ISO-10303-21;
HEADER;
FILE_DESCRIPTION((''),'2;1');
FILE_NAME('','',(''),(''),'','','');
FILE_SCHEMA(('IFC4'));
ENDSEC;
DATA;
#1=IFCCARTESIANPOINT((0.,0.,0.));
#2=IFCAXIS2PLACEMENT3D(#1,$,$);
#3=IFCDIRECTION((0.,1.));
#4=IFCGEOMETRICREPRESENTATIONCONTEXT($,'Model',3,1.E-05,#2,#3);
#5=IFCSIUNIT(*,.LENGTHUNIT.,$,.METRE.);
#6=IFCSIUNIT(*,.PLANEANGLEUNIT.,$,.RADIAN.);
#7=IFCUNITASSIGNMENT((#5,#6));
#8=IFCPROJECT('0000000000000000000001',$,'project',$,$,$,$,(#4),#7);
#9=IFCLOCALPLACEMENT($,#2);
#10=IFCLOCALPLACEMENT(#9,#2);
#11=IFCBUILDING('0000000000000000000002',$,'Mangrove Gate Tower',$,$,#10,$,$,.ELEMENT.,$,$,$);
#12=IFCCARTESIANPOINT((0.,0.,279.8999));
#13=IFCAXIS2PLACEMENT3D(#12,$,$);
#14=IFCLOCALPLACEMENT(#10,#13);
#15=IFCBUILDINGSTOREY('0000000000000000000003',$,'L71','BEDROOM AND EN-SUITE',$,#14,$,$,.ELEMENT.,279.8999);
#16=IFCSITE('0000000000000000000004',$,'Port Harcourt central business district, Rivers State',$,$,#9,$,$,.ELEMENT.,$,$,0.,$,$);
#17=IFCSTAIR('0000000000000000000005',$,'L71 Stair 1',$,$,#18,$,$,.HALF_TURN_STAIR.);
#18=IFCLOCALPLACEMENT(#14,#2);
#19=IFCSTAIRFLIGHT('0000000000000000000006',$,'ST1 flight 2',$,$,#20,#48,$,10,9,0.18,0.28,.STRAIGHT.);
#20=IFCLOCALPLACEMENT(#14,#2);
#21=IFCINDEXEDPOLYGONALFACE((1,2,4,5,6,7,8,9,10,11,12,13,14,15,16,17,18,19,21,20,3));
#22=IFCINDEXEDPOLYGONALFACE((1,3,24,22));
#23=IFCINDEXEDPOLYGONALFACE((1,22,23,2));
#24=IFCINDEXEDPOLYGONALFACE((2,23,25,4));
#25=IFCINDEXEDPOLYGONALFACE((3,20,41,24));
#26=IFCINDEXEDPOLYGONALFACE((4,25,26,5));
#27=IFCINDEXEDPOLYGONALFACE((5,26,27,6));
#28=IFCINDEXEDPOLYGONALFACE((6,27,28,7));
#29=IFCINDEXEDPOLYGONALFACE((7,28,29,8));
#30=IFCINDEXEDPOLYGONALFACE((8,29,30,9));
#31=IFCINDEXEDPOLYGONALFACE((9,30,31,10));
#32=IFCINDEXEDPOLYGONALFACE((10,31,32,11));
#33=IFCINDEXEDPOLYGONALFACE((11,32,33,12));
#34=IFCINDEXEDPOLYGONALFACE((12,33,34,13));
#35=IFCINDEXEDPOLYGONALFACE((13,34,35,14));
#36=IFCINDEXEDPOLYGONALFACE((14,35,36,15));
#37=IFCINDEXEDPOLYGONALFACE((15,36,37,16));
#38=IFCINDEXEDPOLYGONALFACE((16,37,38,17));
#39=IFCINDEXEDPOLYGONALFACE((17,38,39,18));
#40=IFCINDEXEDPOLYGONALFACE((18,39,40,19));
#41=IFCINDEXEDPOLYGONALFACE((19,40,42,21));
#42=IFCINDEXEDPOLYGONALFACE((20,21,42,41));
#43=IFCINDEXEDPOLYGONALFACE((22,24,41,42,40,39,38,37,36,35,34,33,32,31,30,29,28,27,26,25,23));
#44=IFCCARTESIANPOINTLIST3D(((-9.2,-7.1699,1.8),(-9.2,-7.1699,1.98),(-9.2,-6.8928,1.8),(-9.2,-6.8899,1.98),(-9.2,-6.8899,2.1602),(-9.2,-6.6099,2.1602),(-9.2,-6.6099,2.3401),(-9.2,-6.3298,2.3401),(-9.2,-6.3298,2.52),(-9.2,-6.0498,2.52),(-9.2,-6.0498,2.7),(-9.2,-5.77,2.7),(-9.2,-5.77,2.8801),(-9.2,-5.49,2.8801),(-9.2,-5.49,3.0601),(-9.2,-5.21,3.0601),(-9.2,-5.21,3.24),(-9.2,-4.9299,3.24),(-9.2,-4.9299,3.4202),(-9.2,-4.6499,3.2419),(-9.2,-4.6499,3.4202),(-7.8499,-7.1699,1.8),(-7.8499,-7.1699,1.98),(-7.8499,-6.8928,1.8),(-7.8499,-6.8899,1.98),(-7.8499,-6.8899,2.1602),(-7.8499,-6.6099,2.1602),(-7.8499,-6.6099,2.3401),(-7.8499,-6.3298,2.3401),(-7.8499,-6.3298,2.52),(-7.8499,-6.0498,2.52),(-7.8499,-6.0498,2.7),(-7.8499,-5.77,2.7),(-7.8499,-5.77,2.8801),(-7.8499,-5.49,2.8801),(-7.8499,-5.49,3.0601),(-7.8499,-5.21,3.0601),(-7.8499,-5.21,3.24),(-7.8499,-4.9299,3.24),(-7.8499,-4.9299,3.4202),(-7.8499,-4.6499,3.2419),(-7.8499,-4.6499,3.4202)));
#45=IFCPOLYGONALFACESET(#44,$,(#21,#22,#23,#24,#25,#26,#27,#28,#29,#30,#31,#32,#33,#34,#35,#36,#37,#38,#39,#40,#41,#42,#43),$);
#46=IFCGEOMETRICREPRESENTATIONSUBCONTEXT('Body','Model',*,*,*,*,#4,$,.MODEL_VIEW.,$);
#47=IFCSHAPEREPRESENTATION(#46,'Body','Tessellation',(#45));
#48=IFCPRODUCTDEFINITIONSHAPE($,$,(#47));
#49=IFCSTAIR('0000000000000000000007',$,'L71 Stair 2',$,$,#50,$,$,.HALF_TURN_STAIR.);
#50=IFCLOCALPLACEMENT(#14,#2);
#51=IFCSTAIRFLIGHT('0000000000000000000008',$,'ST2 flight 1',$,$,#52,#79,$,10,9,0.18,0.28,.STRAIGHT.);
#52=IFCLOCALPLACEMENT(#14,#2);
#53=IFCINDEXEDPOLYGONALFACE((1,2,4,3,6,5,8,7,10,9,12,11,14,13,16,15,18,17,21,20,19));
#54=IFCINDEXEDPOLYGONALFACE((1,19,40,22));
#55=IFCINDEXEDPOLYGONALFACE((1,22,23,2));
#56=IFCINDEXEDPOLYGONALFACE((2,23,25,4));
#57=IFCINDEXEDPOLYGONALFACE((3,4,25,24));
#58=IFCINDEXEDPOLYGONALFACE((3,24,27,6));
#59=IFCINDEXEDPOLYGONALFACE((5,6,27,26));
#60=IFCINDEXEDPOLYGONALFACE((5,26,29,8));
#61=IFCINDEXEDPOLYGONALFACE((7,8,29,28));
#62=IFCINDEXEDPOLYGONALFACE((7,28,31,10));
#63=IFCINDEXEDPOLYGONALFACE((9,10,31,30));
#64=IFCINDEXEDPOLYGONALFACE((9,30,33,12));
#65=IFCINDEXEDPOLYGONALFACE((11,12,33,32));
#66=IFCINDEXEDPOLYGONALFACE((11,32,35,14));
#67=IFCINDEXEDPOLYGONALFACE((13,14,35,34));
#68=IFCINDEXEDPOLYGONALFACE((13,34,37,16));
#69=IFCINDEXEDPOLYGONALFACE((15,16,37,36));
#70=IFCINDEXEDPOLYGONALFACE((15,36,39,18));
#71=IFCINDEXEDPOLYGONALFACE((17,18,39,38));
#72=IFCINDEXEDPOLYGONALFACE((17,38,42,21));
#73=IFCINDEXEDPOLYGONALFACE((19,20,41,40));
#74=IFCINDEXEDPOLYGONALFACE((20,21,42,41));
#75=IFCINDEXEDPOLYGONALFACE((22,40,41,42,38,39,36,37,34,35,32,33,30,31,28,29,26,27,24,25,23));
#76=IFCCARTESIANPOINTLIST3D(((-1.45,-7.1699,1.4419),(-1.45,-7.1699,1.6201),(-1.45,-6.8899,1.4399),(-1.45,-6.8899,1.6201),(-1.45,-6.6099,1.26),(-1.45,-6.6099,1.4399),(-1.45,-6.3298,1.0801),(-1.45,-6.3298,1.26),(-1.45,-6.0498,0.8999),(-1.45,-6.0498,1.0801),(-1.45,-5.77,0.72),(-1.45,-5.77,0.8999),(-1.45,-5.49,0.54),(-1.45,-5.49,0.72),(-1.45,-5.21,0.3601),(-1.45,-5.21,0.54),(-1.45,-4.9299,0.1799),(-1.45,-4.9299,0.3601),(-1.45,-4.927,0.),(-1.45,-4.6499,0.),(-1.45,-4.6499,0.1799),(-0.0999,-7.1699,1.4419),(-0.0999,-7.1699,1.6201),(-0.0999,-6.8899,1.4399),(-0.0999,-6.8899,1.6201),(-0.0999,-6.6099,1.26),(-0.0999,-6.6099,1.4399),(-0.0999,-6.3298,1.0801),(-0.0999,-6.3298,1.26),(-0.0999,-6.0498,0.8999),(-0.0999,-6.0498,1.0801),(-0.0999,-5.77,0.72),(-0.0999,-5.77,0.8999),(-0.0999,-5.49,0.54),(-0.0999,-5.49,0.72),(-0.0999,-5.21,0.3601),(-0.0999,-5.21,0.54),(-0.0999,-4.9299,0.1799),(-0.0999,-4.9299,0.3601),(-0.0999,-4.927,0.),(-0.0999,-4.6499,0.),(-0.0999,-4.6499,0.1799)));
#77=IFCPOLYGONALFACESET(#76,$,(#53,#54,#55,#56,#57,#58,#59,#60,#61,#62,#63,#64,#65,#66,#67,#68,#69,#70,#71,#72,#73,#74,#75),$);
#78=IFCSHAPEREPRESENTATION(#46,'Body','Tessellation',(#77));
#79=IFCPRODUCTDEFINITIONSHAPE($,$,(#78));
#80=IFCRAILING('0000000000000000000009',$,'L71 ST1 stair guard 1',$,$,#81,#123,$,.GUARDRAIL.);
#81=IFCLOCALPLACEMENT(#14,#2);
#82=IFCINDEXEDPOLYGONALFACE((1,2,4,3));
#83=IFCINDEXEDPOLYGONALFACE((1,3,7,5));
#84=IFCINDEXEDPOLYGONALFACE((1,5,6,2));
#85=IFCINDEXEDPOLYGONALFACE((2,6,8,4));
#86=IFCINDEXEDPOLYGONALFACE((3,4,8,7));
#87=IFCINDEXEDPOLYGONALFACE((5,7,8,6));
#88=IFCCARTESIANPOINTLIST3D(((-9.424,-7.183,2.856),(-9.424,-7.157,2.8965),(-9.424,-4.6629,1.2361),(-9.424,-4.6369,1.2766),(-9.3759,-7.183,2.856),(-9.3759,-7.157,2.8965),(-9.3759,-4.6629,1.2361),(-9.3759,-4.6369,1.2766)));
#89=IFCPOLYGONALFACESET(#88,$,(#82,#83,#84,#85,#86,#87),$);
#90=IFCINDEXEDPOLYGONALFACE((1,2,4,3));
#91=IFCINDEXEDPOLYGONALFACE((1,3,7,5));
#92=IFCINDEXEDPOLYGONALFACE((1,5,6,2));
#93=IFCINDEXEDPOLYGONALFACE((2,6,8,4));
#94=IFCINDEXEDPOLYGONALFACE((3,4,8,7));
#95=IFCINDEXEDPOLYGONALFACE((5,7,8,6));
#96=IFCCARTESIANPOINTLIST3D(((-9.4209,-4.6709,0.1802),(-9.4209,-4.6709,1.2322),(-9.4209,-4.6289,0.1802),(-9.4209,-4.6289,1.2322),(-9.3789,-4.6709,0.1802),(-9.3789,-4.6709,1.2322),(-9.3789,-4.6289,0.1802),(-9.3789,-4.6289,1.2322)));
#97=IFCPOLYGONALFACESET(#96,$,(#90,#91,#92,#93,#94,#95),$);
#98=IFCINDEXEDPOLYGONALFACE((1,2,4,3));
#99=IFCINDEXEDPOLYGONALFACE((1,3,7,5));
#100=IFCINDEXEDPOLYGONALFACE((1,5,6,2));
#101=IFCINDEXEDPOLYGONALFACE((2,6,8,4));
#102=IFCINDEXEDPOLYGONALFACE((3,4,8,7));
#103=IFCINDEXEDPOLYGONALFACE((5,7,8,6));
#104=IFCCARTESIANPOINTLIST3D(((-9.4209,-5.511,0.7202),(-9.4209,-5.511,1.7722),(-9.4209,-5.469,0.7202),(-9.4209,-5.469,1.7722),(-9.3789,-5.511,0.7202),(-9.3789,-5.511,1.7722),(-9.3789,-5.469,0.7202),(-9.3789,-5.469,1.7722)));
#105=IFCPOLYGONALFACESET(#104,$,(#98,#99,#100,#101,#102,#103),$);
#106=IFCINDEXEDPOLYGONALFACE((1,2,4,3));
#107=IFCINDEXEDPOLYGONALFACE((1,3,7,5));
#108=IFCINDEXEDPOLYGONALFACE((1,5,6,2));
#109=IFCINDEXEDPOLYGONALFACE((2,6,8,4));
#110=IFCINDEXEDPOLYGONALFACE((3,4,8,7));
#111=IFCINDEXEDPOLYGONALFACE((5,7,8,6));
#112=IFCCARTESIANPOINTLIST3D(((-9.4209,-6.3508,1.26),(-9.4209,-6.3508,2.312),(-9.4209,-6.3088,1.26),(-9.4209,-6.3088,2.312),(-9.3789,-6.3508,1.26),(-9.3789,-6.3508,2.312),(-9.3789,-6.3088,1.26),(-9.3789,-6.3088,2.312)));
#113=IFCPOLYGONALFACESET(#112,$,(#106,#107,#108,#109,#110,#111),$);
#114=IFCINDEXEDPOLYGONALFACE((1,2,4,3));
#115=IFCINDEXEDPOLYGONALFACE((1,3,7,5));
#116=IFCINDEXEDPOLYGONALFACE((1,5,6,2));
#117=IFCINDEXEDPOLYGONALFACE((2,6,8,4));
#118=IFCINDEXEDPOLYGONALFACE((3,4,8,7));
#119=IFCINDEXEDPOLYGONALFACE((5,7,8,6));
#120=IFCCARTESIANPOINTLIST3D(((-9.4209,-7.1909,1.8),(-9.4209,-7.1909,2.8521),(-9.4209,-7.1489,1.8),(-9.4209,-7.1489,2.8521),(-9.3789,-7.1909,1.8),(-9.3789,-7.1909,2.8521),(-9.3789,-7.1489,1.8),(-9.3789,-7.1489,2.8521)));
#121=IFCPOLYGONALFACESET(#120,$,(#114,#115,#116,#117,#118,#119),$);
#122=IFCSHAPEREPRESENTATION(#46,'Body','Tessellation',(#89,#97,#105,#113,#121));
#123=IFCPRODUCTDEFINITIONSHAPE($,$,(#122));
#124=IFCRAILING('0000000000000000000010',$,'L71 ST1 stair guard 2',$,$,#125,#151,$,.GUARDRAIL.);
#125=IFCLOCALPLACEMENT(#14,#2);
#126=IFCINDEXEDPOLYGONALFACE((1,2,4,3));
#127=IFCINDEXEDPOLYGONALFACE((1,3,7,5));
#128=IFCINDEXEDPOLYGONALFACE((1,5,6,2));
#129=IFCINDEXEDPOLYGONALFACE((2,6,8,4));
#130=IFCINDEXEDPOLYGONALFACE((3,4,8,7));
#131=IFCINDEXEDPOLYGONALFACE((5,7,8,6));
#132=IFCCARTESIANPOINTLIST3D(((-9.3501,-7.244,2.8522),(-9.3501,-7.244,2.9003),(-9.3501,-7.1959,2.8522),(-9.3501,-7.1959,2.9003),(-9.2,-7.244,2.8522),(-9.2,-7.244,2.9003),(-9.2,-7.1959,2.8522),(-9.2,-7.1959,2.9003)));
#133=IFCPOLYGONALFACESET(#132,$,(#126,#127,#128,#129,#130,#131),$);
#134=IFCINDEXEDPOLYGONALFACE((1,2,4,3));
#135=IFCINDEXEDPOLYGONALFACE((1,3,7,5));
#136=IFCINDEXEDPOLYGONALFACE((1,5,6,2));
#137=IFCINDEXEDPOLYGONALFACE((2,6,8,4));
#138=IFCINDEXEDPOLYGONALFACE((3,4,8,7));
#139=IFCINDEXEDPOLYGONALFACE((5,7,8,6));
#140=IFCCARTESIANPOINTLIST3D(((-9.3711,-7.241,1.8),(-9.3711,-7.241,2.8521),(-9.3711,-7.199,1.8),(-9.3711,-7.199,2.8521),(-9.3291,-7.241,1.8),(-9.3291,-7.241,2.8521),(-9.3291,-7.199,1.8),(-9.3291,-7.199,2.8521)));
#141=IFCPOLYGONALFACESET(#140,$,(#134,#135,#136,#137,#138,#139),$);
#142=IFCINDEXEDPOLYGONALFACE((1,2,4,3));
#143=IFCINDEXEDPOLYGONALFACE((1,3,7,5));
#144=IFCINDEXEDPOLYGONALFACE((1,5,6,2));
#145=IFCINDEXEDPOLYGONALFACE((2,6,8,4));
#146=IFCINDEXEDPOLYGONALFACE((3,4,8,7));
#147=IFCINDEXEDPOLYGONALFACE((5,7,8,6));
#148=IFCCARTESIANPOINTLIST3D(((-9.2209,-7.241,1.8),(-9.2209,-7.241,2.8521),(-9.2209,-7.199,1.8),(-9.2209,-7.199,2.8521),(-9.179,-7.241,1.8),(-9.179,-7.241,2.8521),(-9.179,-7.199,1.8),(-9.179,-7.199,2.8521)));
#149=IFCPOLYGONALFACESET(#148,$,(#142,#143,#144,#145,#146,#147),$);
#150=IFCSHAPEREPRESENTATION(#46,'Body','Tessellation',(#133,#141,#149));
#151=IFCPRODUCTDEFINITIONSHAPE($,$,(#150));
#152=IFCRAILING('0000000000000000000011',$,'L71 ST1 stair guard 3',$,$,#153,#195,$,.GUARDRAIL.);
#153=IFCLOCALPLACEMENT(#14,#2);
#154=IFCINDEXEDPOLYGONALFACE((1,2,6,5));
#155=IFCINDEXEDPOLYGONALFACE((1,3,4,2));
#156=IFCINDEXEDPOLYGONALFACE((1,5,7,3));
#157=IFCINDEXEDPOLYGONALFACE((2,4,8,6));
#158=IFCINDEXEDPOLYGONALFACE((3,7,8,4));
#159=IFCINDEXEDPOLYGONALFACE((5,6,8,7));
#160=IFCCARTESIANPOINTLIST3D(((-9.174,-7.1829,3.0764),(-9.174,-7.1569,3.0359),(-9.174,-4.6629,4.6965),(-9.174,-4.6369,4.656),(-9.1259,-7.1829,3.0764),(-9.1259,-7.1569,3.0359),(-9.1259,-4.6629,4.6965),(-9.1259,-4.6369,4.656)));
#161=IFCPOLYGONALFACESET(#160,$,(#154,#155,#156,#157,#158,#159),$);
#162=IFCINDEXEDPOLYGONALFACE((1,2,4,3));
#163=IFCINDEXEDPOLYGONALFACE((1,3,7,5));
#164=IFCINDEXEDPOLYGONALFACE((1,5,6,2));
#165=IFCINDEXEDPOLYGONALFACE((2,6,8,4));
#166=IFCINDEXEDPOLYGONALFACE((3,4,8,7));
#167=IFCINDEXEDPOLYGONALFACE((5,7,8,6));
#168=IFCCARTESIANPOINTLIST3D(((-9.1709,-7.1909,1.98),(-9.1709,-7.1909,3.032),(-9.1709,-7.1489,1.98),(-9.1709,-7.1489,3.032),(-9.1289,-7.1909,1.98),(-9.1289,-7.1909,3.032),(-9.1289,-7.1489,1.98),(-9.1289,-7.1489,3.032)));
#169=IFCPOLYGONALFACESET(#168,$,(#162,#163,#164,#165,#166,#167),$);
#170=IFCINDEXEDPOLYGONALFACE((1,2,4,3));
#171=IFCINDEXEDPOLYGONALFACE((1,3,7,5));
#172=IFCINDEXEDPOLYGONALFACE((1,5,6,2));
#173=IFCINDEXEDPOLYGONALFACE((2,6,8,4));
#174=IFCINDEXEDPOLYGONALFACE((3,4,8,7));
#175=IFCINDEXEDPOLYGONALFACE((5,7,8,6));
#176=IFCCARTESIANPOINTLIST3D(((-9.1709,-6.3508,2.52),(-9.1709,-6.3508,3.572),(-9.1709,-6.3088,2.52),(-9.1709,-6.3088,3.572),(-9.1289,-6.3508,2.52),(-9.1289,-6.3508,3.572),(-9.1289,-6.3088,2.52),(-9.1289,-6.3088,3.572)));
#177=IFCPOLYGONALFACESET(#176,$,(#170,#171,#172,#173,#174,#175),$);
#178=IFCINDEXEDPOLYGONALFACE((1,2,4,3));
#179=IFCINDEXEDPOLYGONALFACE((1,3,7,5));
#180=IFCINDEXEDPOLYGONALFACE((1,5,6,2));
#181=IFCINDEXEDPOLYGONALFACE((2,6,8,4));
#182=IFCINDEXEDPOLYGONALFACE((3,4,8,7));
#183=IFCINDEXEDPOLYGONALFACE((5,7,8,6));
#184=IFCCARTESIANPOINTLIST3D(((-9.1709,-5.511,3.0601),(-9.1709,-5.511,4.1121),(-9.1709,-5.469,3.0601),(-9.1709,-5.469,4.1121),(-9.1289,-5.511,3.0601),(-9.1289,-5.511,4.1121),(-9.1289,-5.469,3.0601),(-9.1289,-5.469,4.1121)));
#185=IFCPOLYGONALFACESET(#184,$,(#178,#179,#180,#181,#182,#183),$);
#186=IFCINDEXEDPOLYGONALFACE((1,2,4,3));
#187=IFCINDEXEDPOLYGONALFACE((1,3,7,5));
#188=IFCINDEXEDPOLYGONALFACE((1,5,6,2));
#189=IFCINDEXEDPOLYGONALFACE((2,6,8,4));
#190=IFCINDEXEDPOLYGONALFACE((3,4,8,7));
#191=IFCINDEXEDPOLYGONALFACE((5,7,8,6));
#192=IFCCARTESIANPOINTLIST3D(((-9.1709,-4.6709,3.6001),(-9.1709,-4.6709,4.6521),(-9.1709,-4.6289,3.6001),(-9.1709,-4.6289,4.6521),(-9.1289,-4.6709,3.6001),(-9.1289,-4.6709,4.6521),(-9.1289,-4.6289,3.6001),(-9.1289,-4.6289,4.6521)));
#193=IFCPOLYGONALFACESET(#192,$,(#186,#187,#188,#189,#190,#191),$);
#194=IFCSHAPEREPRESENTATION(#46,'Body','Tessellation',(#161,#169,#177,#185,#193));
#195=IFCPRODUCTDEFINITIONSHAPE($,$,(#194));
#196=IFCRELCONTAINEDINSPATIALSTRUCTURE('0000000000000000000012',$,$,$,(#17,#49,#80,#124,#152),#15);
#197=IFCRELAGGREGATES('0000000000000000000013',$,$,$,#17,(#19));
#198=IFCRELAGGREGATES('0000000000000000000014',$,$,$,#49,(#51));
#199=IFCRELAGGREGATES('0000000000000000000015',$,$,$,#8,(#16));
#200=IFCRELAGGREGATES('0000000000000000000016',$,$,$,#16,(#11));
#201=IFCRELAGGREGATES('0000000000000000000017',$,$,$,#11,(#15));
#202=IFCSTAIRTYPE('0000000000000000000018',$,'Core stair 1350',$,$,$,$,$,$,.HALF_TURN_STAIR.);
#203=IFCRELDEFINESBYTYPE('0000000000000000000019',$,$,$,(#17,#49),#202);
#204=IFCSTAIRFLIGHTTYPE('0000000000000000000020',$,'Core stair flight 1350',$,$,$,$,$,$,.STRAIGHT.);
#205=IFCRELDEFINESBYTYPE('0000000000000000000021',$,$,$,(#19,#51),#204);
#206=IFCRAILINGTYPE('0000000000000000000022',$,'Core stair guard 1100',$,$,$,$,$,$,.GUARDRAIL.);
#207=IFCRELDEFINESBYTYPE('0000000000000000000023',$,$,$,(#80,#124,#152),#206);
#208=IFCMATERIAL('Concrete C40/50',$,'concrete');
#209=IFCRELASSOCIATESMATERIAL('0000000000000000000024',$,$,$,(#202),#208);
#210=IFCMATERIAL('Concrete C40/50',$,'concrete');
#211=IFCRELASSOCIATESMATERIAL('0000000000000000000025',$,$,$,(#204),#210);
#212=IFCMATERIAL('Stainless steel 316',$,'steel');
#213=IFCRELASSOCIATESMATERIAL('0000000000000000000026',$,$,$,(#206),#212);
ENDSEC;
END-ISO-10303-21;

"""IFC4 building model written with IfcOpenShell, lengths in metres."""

from ifc_helpers import new_model, si_unit, direction, frame, origin, origin_2d, place, context, subcontext, project, spatial, polyline, rectangle, outline, extrude, material, type_object, element, aggregate, save


model = new_model("IFC4")

# Units and contexts
model_context = context("Model", 3, precision=1e-05, world=origin(), true_north=direction((0.0, 1.0)))
body_context = subcontext(model_context, "Body", "Model", "MODEL_VIEW")
ifc_project = project(units=[si_unit("LENGTHUNIT", "METRE"), si_unit("PLANEANGLEUNIT", "RADIAN")], contexts=[model_context])

# Site, building, storey
site_placement = place(None, origin())
site = spatial("IfcSite", under=ifc_project, at=site_placement, Name="Port Harcourt central business district, Rivers State", CompositionType="ELEMENT", RefElevation=0.0)
building_placement = place(site_placement, origin())
building = spatial("IfcBuilding", under=site, at=building_placement, Name="Mangrove Gate Tower", CompositionType="ELEMENT")
storey_placement = place(building_placement, frame((0.0, 0.0, 279.8999)))
storey = spatial("IfcBuildingStorey", under=building, at=storey_placement, Name="L71", Description="BEDROOM AND EN-SUITE", CompositionType="ELEMENT", Elevation=279.8999)

# Stair, stair flight
ifc_material_1 = material(Name="Concrete C40/50", Category="concrete")
stair_type = type_object("IfcStairType", Name="Core stair 1350", PredefinedType="HALF_TURN_STAIR", material=ifc_material_1)
stair_1_placement = place(storey_placement, origin())
stair_1 = element("IfcStair", 1, at=stair_1_placement, inside=storey, type_object=stair_type, Name="L71 Stair 1", PredefinedType="HALF_TURN_STAIR")
ifc_material_2 = material(Name="Concrete C40/50", Category="concrete")
stair_flight_type = type_object("IfcStairFlightType", Name="Core stair flight 1350", PredefinedType="STRAIGHT", material=ifc_material_2)
stair_flight_1_placement = place(storey_placement, frame((-8.5249, -7.1699, 1.8), z_axis=(0.0, 0.0, 1.0), x_axis=(0.0, 1.0, 0.0)))
stair_flight_1 = element("IfcStairFlight", 2, at=stair_flight_1_placement, type_object=stair_flight_type, Name="ST1 flight 2", NumberOfRisers=10, NumberOfTreads=9, PredefinedType="STRAIGHT", RiserHeight=0.18, TreadLength=0.28, context=body_context, shape_type="SweptSolid", body=[
    extrude(outline(polyline([(0.0, 0.0), (0.0, 0.1799), (0.28, 0.1799), (0.28, 0.3601), (0.5601, 0.3601), (0.5601, 0.54), (0.8401, 0.54), (0.8401, 0.72), (1.1201, 0.72), (1.1201, 0.8999), (1.3999, 0.8999), (1.3999, 1.0801), (1.6799, 1.0801), (1.6799, 1.26), (1.96, 1.26), (1.96, 1.4399), (2.24, 1.4399), (2.24, 1.6201), (2.52, 1.6201), (2.52, 1.8), (2.52, 1.4419), (0.2771, 0.0), (0.0, 0.0)])), frame((0.0, 0.675, 0.0), z_axis=(0.0, -1.0, 0.0), x_axis=(1.0, 0.0, 0.0)), (0.0, 0.0, 1.0), 1.3501),
])
aggregate(stair_1, [stair_flight_1])

# Stair, stair flight
stair_2_placement = place(storey_placement, origin())
stair_2 = element("IfcStair", 3, at=stair_2_placement, inside=storey, type_object=stair_type, Name="L71 Stair 2", PredefinedType="HALF_TURN_STAIR")
stair_flight_2_placement = place(storey_placement, frame((-0.7749, -4.6499, 0.0), z_axis=(0.0, 0.0, 1.0), x_axis=(0.0, -1.0, 0.0)))
stair_flight_2 = element("IfcStairFlight", 4, at=stair_flight_2_placement, type_object=stair_flight_type, Name="ST2 flight 1", NumberOfRisers=10, NumberOfTreads=9, PredefinedType="STRAIGHT", RiserHeight=0.18, TreadLength=0.28, context=body_context, shape_type="SweptSolid", body=[
    extrude(outline(polyline([(0.0, 0.0), (0.0, 0.1799), (0.28, 0.1799), (0.28, 0.3601), (0.5601, 0.3601), (0.5601, 0.54), (0.8401, 0.54), (0.8401, 0.72), (1.1201, 0.72), (1.1201, 0.8999), (1.3999, 0.8999), (1.3999, 1.0801), (1.6799, 1.0801), (1.6799, 1.26), (1.96, 1.26), (1.96, 1.4399), (2.24, 1.4399), (2.24, 1.6201), (2.52, 1.6201), (2.52, 1.8), (2.52, 1.4419), (0.2771, 0.0), (0.0, 0.0)])), frame((0.0, 0.675, 0.0), z_axis=(0.0, -1.0, 0.0), x_axis=(1.0, 0.0, 0.0)), (0.0, 0.0, 1.0), 1.3501),
])
aggregate(stair_2, [stair_flight_2])

# Railings
ifc_material_3 = material(Name="Stainless steel 316", Category="steel")
railing_type_1 = type_object("IfcRailingType", Name="Core stair guard 1100", PredefinedType="GUARDRAIL", material=ifc_material_3)
railing_1_placement = place(storey_placement, frame((-9.3999, -4.6499, 0.1802)))
element("IfcRailing", 5, at=railing_1_placement, inside=storey, type_object=railing_type_1, Name="L71 ST1 stair guard 1", PredefinedType="GUARDRAIL", context=body_context, shape_type="SweptSolid", body=[
    extrude(rectangle(XDim=0.0481, YDim=0.0481, at=origin_2d()), frame((0.0, 0.0, 1.0762), z_axis=(0.0, -0.8412, 0.540725), x_axis=(1.0, 0.0, 0.0)), (0.0, 0.0, 1.0), 2.9958),
    extrude(rectangle(XDim=0.042, YDim=0.042, at=origin_2d()), origin(), (0.0, 0.0, 1.0), 1.052),
    extrude(rectangle(XDim=0.042, YDim=0.042, at=origin_2d()), frame((0.0, -0.8401, 0.54)), (0.0, 0.0, 1.0), 1.052),
    extrude(rectangle(XDim=0.042, YDim=0.042, at=origin_2d()), frame((0.0, -1.6799, 1.0798)), (0.0, 0.0, 1.0), 1.052),
    extrude(rectangle(XDim=0.042, YDim=0.042, at=origin_2d()), frame((0.0, -2.52, 1.6199)), (0.0, 0.0, 1.0), 1.052),
])
railing_2_placement = place(storey_placement, frame((-9.3501, -7.22, 1.8)))
element("IfcRailing", 6, at=railing_2_placement, inside=storey, type_object=railing_type_1, Name="L71 ST1 stair guard 2", PredefinedType="GUARDRAIL", context=body_context, shape_type="SweptSolid", body=[
    extrude(rectangle(XDim=0.0481, YDim=0.0481, at=origin_2d()), frame((0.0, 0.0, 1.0762), z_axis=(1.0, 0.0, 0.0), x_axis=(0.0, 1.0, 0.0)), (0.0, 0.0, 1.0), 0.1501),
    extrude(rectangle(XDim=0.042, YDim=0.042, at=origin_2d()), origin(), (0.0, 0.0, 1.0), 1.052),
    extrude(rectangle(XDim=0.042, YDim=0.042, at=origin_2d()), frame((0.1501, 0.0, 0.0)), (0.0, 0.0, 1.0), 1.052),
])
railing_3_placement = place(storey_placement, frame((-9.1499, -7.1699, 1.98)))
element("IfcRailing", 7, at=railing_3_placement, inside=storey, type_object=railing_type_1, Name="L71 ST1 stair guard 3", PredefinedType="GUARDRAIL", context=body_context, shape_type="SweptSolid", body=[
    extrude(rectangle(XDim=0.0481, YDim=0.0481, at=origin_2d()), frame((0.0, 0.0, 1.0762), z_axis=(0.0, 0.841163, 0.540782), x_axis=(-1.0, 0.0, 0.0)), (0.0, 0.0, 1.0), 2.9958),
    extrude(rectangle(XDim=0.042, YDim=0.042, at=origin_2d()), origin(), (0.0, 0.0, 1.0), 1.052),
    extrude(rectangle(XDim=0.042, YDim=0.042, at=origin_2d()), frame((0.0, 0.8401, 0.54)), (0.0, 0.0, 1.0), 1.052),
    extrude(rectangle(XDim=0.042, YDim=0.042, at=origin_2d()), frame((0.0, 1.6799, 1.0801)), (0.0, 0.0, 1.0), 1.052),
    extrude(rectangle(XDim=0.042, YDim=0.042, at=origin_2d()), frame((0.0, 2.52, 1.6201)), (0.0, 0.0, 1.0), 1.052),
])

save(model, "model.ifc")
